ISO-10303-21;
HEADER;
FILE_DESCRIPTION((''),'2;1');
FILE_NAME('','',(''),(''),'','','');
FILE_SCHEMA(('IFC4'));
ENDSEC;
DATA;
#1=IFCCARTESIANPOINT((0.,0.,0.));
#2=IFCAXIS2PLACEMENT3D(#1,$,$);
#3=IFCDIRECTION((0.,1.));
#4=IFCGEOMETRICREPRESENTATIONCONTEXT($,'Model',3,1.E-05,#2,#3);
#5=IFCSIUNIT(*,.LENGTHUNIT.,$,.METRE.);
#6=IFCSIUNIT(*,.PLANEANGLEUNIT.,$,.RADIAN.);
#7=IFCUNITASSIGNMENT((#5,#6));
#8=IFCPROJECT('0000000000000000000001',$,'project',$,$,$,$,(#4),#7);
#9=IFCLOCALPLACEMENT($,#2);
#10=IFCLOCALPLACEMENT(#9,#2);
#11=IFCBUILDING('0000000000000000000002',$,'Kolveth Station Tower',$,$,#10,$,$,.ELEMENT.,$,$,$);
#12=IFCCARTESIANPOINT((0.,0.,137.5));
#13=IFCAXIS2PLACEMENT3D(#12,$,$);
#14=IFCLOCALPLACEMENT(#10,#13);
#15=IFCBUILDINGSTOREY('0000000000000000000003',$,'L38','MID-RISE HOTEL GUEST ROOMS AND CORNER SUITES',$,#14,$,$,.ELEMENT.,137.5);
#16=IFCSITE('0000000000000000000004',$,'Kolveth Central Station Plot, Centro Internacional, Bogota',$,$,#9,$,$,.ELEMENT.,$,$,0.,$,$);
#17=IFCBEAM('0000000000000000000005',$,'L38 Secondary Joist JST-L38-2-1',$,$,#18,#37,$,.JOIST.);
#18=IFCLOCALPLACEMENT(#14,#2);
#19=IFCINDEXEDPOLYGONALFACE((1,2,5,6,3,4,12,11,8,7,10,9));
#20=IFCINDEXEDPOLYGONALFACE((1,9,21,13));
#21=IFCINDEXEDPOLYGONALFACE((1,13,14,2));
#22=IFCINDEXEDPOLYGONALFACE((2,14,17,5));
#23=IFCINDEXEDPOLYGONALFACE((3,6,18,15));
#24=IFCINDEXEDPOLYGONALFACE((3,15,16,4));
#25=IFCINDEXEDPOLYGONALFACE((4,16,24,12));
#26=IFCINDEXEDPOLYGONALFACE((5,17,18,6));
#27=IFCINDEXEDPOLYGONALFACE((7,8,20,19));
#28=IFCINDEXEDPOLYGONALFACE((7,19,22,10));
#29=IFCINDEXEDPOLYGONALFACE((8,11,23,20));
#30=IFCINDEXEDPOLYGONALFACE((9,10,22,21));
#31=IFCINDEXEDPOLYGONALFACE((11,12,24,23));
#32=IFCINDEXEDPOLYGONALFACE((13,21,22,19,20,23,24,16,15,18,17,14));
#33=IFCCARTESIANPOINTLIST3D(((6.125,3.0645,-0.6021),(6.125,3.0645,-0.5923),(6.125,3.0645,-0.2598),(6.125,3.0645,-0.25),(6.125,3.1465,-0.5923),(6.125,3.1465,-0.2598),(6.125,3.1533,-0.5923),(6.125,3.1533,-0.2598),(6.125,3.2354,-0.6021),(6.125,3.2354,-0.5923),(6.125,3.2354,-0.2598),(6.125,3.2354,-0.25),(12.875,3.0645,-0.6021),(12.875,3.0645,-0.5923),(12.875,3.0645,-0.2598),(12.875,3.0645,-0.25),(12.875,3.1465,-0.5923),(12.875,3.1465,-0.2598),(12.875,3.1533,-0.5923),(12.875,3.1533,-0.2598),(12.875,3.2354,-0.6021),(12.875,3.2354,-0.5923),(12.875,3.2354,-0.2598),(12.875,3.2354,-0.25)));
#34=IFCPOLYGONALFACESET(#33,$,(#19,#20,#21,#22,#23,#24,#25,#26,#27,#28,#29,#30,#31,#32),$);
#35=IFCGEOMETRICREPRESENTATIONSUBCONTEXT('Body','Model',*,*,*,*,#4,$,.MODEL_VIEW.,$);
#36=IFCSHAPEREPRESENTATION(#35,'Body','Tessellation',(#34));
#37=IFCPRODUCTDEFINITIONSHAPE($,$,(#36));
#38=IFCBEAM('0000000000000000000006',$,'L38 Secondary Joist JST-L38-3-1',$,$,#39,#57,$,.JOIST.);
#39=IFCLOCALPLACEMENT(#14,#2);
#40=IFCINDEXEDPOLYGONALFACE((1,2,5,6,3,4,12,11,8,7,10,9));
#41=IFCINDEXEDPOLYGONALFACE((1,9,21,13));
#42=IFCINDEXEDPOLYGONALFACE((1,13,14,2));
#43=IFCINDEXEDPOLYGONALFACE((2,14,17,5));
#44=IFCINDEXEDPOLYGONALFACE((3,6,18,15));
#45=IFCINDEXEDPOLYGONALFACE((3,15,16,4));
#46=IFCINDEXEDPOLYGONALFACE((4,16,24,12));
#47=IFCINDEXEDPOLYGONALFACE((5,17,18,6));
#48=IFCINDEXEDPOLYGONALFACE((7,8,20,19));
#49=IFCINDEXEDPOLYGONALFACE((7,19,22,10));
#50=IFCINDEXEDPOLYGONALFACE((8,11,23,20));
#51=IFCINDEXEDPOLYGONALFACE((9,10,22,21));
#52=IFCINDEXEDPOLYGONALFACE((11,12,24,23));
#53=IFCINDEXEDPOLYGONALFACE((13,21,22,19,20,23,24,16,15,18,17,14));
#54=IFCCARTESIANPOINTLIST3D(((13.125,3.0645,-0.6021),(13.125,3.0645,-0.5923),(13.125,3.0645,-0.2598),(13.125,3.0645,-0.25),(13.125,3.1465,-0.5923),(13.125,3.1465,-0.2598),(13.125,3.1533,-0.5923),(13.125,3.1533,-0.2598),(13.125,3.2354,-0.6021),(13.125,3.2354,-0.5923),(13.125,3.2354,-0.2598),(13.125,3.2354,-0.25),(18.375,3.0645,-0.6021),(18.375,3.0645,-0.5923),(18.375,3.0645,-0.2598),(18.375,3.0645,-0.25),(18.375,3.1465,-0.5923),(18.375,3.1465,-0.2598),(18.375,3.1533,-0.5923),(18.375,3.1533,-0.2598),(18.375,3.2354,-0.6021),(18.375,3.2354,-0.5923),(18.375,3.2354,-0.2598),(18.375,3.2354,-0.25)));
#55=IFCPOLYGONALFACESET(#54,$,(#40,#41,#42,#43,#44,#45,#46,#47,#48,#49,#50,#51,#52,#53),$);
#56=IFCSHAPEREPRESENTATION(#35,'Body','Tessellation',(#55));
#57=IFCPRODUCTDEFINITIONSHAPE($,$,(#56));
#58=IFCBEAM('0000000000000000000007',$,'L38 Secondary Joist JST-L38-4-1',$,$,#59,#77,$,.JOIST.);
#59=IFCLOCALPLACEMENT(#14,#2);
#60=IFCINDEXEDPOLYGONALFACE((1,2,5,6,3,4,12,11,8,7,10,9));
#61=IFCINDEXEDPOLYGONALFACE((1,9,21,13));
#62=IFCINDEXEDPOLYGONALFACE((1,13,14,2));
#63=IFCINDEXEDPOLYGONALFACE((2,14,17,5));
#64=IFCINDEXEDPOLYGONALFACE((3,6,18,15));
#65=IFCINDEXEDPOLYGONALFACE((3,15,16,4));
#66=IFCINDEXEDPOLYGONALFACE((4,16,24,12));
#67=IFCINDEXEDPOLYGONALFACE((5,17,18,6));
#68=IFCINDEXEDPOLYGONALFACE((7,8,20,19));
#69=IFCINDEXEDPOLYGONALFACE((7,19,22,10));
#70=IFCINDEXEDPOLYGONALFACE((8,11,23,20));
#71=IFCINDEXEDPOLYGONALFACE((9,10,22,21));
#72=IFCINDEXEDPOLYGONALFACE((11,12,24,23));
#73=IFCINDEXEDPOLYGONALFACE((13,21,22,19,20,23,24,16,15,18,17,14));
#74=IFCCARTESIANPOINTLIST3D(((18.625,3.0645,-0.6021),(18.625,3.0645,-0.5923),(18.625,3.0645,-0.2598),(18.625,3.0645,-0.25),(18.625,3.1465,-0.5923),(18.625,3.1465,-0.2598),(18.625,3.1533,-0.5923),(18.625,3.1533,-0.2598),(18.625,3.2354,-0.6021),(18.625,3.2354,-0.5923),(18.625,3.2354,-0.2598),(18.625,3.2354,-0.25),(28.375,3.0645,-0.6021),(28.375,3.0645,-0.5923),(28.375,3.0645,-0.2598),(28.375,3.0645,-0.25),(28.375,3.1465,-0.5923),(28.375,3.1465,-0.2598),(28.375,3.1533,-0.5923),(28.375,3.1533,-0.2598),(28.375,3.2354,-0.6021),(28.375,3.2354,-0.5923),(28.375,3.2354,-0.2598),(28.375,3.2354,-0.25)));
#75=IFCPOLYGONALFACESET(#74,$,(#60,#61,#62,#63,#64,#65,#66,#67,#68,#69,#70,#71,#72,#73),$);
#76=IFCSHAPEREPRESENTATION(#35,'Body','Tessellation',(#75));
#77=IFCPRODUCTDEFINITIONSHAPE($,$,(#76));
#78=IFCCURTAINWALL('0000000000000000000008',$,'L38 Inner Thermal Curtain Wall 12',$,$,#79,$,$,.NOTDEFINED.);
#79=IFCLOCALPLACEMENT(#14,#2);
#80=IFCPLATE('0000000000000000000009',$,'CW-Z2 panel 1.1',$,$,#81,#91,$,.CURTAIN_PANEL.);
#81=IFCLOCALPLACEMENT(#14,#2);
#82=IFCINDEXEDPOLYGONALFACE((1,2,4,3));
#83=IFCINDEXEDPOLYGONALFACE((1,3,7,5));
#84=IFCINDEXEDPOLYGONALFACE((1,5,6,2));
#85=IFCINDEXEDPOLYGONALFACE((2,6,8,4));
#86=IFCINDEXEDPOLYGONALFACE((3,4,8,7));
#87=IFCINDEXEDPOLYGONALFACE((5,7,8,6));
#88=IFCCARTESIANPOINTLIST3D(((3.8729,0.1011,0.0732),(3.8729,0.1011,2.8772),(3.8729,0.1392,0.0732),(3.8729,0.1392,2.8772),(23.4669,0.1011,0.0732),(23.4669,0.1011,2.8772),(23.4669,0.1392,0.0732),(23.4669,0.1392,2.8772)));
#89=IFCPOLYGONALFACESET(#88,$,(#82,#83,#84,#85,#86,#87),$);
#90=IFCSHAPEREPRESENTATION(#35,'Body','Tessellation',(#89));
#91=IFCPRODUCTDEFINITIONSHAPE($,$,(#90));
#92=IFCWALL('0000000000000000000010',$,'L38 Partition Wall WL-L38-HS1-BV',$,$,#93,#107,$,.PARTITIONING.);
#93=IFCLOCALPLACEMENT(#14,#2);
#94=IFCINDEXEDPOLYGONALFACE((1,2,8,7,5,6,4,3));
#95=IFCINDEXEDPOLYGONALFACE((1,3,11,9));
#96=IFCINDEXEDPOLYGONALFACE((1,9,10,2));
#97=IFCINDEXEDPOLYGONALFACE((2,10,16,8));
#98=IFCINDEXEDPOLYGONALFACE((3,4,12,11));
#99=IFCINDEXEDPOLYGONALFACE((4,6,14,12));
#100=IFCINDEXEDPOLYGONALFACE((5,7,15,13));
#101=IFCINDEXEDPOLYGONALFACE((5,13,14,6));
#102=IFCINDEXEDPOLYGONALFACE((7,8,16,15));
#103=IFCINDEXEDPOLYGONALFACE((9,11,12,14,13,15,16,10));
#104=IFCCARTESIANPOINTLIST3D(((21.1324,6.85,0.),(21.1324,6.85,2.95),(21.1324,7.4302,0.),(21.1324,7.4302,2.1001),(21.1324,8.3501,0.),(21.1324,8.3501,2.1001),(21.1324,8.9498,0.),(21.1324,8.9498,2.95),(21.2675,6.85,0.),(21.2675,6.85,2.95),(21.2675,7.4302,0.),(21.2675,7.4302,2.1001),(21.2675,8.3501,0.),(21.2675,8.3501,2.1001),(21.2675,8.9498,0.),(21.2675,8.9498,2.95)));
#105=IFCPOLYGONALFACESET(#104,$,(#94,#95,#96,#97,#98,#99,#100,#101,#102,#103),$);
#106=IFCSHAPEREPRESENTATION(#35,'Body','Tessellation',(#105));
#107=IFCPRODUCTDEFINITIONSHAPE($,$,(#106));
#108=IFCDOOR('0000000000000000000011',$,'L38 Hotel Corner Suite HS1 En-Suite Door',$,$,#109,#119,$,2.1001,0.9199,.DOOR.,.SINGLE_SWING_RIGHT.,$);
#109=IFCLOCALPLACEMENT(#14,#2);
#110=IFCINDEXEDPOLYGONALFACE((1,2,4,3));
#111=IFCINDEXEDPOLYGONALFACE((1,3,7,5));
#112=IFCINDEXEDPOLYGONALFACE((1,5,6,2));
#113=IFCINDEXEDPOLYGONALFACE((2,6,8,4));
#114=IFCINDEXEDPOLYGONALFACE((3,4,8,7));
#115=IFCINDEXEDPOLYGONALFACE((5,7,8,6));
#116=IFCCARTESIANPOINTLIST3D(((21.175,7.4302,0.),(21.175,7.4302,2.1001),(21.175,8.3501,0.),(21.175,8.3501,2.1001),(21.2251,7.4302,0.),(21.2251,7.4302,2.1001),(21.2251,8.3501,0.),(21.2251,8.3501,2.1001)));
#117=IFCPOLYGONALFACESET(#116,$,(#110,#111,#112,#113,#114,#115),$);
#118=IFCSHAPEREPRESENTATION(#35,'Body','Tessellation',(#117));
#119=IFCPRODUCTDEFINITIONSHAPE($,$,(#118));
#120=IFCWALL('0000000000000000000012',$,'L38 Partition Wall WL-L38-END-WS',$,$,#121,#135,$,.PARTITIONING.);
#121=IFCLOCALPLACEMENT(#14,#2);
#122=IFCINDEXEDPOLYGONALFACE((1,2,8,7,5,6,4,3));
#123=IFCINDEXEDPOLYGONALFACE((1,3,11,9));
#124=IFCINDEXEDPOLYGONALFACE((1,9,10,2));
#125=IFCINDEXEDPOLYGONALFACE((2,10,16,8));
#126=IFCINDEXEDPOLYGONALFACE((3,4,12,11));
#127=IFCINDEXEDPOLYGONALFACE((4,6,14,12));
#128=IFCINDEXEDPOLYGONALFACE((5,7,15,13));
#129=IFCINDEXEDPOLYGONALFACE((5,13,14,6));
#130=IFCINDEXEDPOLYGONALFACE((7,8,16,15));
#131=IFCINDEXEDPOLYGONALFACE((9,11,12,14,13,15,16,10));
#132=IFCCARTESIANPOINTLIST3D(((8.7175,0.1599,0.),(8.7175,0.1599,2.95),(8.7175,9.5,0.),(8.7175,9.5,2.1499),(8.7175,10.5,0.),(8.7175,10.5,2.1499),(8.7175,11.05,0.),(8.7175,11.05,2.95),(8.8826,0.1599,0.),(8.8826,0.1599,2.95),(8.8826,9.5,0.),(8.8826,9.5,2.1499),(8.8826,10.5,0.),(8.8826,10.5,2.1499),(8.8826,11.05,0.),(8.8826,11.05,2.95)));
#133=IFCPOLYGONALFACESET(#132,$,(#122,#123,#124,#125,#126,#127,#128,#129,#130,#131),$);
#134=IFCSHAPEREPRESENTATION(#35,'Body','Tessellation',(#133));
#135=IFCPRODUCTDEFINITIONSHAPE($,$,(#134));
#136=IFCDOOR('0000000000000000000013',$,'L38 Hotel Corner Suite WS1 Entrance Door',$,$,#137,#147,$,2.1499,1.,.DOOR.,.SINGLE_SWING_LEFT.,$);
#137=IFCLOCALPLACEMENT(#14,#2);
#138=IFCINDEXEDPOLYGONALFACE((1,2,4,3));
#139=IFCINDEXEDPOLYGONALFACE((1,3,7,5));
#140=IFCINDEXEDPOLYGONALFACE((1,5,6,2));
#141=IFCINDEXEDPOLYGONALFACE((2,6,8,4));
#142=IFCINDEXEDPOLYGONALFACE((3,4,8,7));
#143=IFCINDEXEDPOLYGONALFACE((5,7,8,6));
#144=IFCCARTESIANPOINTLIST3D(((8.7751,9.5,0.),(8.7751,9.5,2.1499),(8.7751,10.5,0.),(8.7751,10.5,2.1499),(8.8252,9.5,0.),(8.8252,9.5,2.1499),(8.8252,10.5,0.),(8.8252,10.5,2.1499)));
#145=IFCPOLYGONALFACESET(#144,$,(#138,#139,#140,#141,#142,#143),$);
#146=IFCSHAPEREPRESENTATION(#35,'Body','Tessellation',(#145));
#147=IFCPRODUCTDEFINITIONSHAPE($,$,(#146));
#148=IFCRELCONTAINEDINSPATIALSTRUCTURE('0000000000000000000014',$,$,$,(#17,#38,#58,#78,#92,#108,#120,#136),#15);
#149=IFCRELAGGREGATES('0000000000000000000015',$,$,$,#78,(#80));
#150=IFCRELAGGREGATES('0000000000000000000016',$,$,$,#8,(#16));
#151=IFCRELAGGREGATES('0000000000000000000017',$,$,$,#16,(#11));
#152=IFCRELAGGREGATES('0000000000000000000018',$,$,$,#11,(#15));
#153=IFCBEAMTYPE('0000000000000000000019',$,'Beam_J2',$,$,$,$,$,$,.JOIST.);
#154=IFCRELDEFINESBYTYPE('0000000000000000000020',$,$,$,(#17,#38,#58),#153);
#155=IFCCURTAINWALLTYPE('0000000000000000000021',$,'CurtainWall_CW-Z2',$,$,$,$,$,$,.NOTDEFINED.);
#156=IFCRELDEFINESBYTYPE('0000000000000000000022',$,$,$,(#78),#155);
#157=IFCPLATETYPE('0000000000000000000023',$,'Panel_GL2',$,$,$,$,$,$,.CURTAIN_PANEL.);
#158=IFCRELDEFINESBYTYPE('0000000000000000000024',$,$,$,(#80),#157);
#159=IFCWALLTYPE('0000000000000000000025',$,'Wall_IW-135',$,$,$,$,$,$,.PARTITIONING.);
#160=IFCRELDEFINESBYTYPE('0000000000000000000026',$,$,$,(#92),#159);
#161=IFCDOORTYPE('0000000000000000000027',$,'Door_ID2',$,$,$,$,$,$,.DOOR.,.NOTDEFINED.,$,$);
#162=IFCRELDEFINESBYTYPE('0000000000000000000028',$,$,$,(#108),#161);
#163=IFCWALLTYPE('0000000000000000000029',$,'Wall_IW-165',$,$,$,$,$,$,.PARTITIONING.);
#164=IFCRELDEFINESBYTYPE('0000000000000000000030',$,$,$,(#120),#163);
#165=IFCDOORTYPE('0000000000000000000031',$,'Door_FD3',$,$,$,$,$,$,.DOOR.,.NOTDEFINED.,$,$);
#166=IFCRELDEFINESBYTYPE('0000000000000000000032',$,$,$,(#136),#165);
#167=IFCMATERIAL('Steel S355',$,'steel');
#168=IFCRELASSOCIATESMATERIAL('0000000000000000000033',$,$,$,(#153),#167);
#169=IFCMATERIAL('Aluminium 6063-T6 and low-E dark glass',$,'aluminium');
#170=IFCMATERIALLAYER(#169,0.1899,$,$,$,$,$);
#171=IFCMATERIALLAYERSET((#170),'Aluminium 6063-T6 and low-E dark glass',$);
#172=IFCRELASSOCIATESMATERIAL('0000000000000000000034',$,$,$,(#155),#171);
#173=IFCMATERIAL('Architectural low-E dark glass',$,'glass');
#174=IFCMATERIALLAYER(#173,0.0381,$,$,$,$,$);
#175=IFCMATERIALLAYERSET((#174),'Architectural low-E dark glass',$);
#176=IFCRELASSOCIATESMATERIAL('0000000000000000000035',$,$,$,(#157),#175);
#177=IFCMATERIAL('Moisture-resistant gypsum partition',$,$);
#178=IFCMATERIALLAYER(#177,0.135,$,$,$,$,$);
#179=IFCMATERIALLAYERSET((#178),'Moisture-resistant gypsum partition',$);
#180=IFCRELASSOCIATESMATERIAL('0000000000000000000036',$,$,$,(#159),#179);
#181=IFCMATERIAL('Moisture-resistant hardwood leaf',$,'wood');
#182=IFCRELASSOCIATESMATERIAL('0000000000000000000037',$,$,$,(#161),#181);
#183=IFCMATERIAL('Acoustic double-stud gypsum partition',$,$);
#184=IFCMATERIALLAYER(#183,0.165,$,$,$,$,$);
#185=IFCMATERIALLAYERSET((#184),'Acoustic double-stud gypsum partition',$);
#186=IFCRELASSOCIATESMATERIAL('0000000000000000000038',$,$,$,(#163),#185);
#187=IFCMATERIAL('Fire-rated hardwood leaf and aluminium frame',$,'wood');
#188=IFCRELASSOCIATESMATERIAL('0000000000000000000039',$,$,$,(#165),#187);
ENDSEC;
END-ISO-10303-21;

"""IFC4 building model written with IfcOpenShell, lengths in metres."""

from ifc_helpers import new_model, si_unit, direction, frame, frame_2d, origin, origin_2d, place, context, subcontext, project, spatial, rectangle, i_section, extrude, source, transform, mapped, material, layer, layer_set, material_profile, profile_set, type_object, element, fill, aggregate, save


model = new_model("IFC4")

# Units and contexts
model_context = context("Model", 3, precision=1e-05, world=origin(), true_north=direction((0.0, 1.0)))
body_context = subcontext(model_context, "Body", "Model", "MODEL_VIEW")
ifc_project = project(units=[si_unit("LENGTHUNIT", "METRE"), si_unit("PLANEANGLEUNIT", "RADIAN")], contexts=[model_context])

# Site, building, storey
site_placement = place(None, origin())
site = spatial("IfcSite", under=ifc_project, at=site_placement, Name="Kolveth Central Station Plot, Centro Internacional, Bogota", CompositionType="ELEMENT", RefElevation=0.0)
building_placement = place(site_placement, origin())
building = spatial("IfcBuilding", under=site, at=building_placement, Name="Kolveth Station Tower", CompositionType="ELEMENT")
storey_placement = place(building_placement, frame((0.0, 0.0, 137.5)))
storey = spatial("IfcBuildingStorey", under=building, at=storey_placement, Name="L38", Description="MID-RISE HOTEL GUEST ROOMS AND CORNER SUITES", CompositionType="ELEMENT", Elevation=137.5)

# Beams
ifc_material_1 = material(Name="Steel S355", Category="steel")
ifc_material_profile_1 = material_profile(ifc_material_1, i_section(OverallWidth=0.1709, OverallDepth=0.3521, WebThickness=0.0068, FlangeThickness=0.0098, at=origin_2d()), Name="W360x44")
ifc_profile_set_1 = profile_set([ifc_material_profile_1], Name="Steel S355")
beam_type_1 = type_object("IfcBeamType", Name="Beam_J2", PredefinedType="JOIST", material=ifc_profile_set_1)
shared_shape_1 = source(origin(), body_context, "Body", "SweptSolid", [
    extrude(i_section(OverallWidth=0.1709, OverallDepth=0.3521, WebThickness=0.0068, FlangeThickness=0.0098, at=origin_2d()), origin(), (0.0, 0.0, 1.0), 6.75),
])
beam_1_placement = place(storey_placement, frame((6.125, 3.1499, -0.426), z_axis=(1.0, 0.0, 0.0), x_axis=(0.0, 1.0, 0.0)))
element("IfcBeam", 1, at=beam_1_placement, inside=storey, type_object=beam_type_1, Name="L38 Secondary Joist JST-L38-2-1", PredefinedType="JOIST", context=body_context, shape_type="MappedRepresentation", body=[
    mapped(shared_shape_1, transform((0.0, 0.0, 0.0), x_axis=(1.0, 0.0, 0.0), y_axis=(0.0, 1.0, 0.0), z_axis=(0.0, 0.0, 1.0), scale=1.0)),
])
shared_shape_2 = source(origin(), body_context, "Body", "SweptSolid", [
    extrude(i_section(OverallWidth=0.1709, OverallDepth=0.3521, WebThickness=0.0068, FlangeThickness=0.0098, at=origin_2d()), origin(), (0.0, 0.0, 1.0), 5.25),
])
beam_2_placement = place(storey_placement, frame((13.125, 3.1499, -0.426), z_axis=(1.0, 0.0, 0.0), x_axis=(0.0, 1.0, 0.0)))
element("IfcBeam", 2, at=beam_2_placement, inside=storey, type_object=beam_type_1, Name="L38 Secondary Joist JST-L38-3-1", PredefinedType="JOIST", context=body_context, shape_type="MappedRepresentation", body=[
    mapped(shared_shape_2, transform((0.0, 0.0, 0.0), x_axis=(1.0, 0.0, 0.0), y_axis=(0.0, 1.0, 0.0), z_axis=(0.0, 0.0, 1.0), scale=1.0)),
])
shared_shape_3 = source(origin(), body_context, "Body", "SweptSolid", [
    extrude(i_section(OverallWidth=0.1709, OverallDepth=0.3521, WebThickness=0.0068, FlangeThickness=0.0098, at=origin_2d()), origin(), (0.0, 0.0, 1.0), 9.75),
])
beam_3_placement = place(storey_placement, frame((18.625, 3.1499, -0.426), z_axis=(1.0, 0.0, 0.0), x_axis=(0.0, 1.0, 0.0)))
element("IfcBeam", 3, at=beam_3_placement, inside=storey, type_object=beam_type_1, Name="L38 Secondary Joist JST-L38-4-1", PredefinedType="JOIST", context=body_context, shape_type="MappedRepresentation", body=[
    mapped(shared_shape_3, transform((0.0, 0.0, 0.0), x_axis=(1.0, 0.0, 0.0), y_axis=(0.0, 1.0, 0.0), z_axis=(0.0, 0.0, 1.0), scale=1.0)),
])

# Curtain wall, plate
ifc_material_2 = material(Name="Aluminium 6063-T6 and low-E dark glass", Category="aluminium")
ifc_layer_1 = layer(ifc_material_2, 0.1899)
ifc_layer_set_1 = layer_set([ifc_layer_1], Name="Aluminium 6063-T6 and low-E dark glass")
curtain_wall_type = type_object("IfcCurtainWallType", Name="CurtainWall_CW-Z2", PredefinedType="NOTDEFINED", material=ifc_layer_set_1)
curtain_wall_placement = place(storey_placement, origin())
curtain_wall = element("IfcCurtainWall", 4, at=curtain_wall_placement, inside=storey, type_object=curtain_wall_type, Name="L38 Inner Thermal Curtain Wall 12", PredefinedType="NOTDEFINED")
ifc_material_3 = material(Name="Architectural low-E dark glass", Category="glass")
ifc_layer_2 = layer(ifc_material_3, 0.0381)
ifc_layer_set_2 = layer_set([ifc_layer_2], Name="Architectural low-E dark glass")
plate_type = type_object("IfcPlateType", Name="Panel_GL2", PredefinedType="CURTAIN_PANEL", material=ifc_layer_set_2)
shared_shape_4 = source(origin(), body_context, "Body", "SweptSolid", [
    extrude(rectangle(XDim=19.594, YDim=0.0381, at=origin_2d()), origin(), (0.0, 0.0, 1.0), 2.804),
])
plate_placement = place(storey_placement, frame((13.6699, 0.1201, 0.0732), z_axis=(0.0, 0.0, 1.0), x_axis=(1.0, 0.0, 0.0)))
plate = element("IfcPlate", 5, at=plate_placement, type_object=plate_type, Name="CW-Z2 panel 1.1", PredefinedType="CURTAIN_PANEL", context=body_context, shape_type="MappedRepresentation", body=[
    mapped(shared_shape_4, transform((0.0, 0.0, 0.0), x_axis=(1.0, 0.0, 0.0), y_axis=(0.0, 1.0, 0.0), z_axis=(0.0, 0.0, 1.0), scale=1.0)),
])
aggregate(curtain_wall, [plate])

# Walls, openings, doors
ifc_material_4 = material(Name="Moisture-resistant gypsum partition")
ifc_layer_3 = layer(ifc_material_4, 0.135)
ifc_layer_set_3 = layer_set([ifc_layer_3], Name="Moisture-resistant gypsum partition")
wall_type_1 = type_object("IfcWallType", Name="Wall_IW-135", PredefinedType="PARTITIONING", material=ifc_layer_set_3)
wall_1_placement = place(storey_placement, frame((21.2, 6.8501, 0.0), z_axis=(0.0, 0.0, 1.0), x_axis=(0.0, 1.0, 0.0)))
wall_1 = element("IfcWall", 6, at=wall_1_placement, inside=storey, type_object=wall_type_1, Name="L38 Partition Wall WL-L38-HS1-BV", PredefinedType="PARTITIONING", context=body_context, shape_type="SweptSolid", body=[
    extrude(rectangle(XDim=2.0999, YDim=0.135, at=frame_2d((1.0498, 0.0))), origin(), (0.0, 0.0, 1.0), 2.95),
])
opening_1_placement = place(wall_1_placement, frame((0.5801, 0.0, 0.0)))
opening_1 = element("IfcOpeningElement", 7, at=opening_1_placement, cuts=wall_1, PredefinedType="OPENING", context=body_context, shape_type="SweptSolid", body=[
    extrude(rectangle(XDim=0.9199, YDim=2.1001, at=frame_2d((0.46, 1.05))), frame((0.0, 0.0774, 0.0), z_axis=(0.0, -1.0, 0.0), x_axis=(1.0, 0.0, 0.0)), (0.0, 0.0, 1.0), 0.155),
])
ifc_material_5 = material(Name="Moisture-resistant hardwood leaf", Category="wood")
door_type_1 = type_object("IfcDoorType", Name="Door_ID2", OperationType="NOTDEFINED", PredefinedType="DOOR", material=ifc_material_5)
door_1_placement = place(opening_1_placement, origin())
door_1 = element("IfcDoor", 8, at=door_1_placement, inside=storey, type_object=door_type_1, Name="L38 Hotel Corner Suite HS1 En-Suite Door", OperationType="SINGLE_SWING_RIGHT", OverallHeight=2.1001, OverallWidth=0.9199, PredefinedType="DOOR", context=body_context, shape_type="SweptSolid", body=[
    extrude(rectangle(XDim=0.9199, YDim=2.1001, at=frame_2d((0.46, 1.05))), frame((0.0, 0.0249, 0.0), z_axis=(0.0, -1.0, 0.0), x_axis=(1.0, 0.0, 0.0)), (0.0, 0.0, 1.0), 0.05),
])
fill(opening_1, door_1)
ifc_material_6 = material(Name="Acoustic double-stud gypsum partition")
ifc_layer_4 = layer(ifc_material_6, 0.165)
ifc_layer_set_4 = layer_set([ifc_layer_4], Name="Acoustic double-stud gypsum partition")
wall_type_2 = type_object("IfcWallType", Name="Wall_IW-165", PredefinedType="PARTITIONING", material=ifc_layer_set_4)
wall_2_placement = place(storey_placement, frame((8.8, 0.1599, 0.0), z_axis=(0.0, 0.0, 1.0), x_axis=(0.0, 1.0, 0.0)))
wall_2 = element("IfcWall", 9, at=wall_2_placement, inside=storey, type_object=wall_type_2, Name="L38 Partition Wall WL-L38-END-WS", PredefinedType="PARTITIONING", context=body_context, shape_type="SweptSolid", body=[
    extrude(rectangle(XDim=10.8901, YDim=0.165, at=frame_2d((5.4451, 0.0))), origin(), (0.0, 0.0, 1.0), 2.95),
])
opening_2_placement = place(wall_2_placement, frame((9.3401, 0.0, 0.0)))
opening_2 = element("IfcOpeningElement", 10, at=opening_2_placement, cuts=wall_2, PredefinedType="OPENING", context=body_context, shape_type="SweptSolid", body=[
    extrude(rectangle(XDim=1.0, YDim=2.1499, at=frame_2d((0.5, 1.075))), frame((0.0, 0.0925, 0.0), z_axis=(0.0, -1.0, 0.0), x_axis=(1.0, 0.0, 0.0)), (0.0, 0.0, 1.0), 0.1851),
])
ifc_material_7 = material(Name="Fire-rated hardwood leaf and aluminium frame", Category="wood")
door_type_2 = type_object("IfcDoorType", Name="Door_FD3", OperationType="NOTDEFINED", PredefinedType="DOOR", material=ifc_material_7)
door_2_placement = place(opening_2_placement, origin())
door_2 = element("IfcDoor", 11, at=door_2_placement, inside=storey, type_object=door_type_2, Name="L38 Hotel Corner Suite WS1 Entrance Door", OperationType="SINGLE_SWING_LEFT", OverallHeight=2.1499, OverallWidth=1.0, PredefinedType="DOOR", context=body_context, shape_type="SweptSolid", body=[
    extrude(rectangle(XDim=1.0, YDim=2.1499, at=frame_2d((0.5, 1.075))), frame((0.0, 0.0249, 0.0), z_axis=(0.0, -1.0, 0.0), x_axis=(1.0, 0.0, 0.0)), (0.0, 0.0, 1.0), 0.05),
])
fill(opening_2, door_2)

save(model, "model.ifc")
